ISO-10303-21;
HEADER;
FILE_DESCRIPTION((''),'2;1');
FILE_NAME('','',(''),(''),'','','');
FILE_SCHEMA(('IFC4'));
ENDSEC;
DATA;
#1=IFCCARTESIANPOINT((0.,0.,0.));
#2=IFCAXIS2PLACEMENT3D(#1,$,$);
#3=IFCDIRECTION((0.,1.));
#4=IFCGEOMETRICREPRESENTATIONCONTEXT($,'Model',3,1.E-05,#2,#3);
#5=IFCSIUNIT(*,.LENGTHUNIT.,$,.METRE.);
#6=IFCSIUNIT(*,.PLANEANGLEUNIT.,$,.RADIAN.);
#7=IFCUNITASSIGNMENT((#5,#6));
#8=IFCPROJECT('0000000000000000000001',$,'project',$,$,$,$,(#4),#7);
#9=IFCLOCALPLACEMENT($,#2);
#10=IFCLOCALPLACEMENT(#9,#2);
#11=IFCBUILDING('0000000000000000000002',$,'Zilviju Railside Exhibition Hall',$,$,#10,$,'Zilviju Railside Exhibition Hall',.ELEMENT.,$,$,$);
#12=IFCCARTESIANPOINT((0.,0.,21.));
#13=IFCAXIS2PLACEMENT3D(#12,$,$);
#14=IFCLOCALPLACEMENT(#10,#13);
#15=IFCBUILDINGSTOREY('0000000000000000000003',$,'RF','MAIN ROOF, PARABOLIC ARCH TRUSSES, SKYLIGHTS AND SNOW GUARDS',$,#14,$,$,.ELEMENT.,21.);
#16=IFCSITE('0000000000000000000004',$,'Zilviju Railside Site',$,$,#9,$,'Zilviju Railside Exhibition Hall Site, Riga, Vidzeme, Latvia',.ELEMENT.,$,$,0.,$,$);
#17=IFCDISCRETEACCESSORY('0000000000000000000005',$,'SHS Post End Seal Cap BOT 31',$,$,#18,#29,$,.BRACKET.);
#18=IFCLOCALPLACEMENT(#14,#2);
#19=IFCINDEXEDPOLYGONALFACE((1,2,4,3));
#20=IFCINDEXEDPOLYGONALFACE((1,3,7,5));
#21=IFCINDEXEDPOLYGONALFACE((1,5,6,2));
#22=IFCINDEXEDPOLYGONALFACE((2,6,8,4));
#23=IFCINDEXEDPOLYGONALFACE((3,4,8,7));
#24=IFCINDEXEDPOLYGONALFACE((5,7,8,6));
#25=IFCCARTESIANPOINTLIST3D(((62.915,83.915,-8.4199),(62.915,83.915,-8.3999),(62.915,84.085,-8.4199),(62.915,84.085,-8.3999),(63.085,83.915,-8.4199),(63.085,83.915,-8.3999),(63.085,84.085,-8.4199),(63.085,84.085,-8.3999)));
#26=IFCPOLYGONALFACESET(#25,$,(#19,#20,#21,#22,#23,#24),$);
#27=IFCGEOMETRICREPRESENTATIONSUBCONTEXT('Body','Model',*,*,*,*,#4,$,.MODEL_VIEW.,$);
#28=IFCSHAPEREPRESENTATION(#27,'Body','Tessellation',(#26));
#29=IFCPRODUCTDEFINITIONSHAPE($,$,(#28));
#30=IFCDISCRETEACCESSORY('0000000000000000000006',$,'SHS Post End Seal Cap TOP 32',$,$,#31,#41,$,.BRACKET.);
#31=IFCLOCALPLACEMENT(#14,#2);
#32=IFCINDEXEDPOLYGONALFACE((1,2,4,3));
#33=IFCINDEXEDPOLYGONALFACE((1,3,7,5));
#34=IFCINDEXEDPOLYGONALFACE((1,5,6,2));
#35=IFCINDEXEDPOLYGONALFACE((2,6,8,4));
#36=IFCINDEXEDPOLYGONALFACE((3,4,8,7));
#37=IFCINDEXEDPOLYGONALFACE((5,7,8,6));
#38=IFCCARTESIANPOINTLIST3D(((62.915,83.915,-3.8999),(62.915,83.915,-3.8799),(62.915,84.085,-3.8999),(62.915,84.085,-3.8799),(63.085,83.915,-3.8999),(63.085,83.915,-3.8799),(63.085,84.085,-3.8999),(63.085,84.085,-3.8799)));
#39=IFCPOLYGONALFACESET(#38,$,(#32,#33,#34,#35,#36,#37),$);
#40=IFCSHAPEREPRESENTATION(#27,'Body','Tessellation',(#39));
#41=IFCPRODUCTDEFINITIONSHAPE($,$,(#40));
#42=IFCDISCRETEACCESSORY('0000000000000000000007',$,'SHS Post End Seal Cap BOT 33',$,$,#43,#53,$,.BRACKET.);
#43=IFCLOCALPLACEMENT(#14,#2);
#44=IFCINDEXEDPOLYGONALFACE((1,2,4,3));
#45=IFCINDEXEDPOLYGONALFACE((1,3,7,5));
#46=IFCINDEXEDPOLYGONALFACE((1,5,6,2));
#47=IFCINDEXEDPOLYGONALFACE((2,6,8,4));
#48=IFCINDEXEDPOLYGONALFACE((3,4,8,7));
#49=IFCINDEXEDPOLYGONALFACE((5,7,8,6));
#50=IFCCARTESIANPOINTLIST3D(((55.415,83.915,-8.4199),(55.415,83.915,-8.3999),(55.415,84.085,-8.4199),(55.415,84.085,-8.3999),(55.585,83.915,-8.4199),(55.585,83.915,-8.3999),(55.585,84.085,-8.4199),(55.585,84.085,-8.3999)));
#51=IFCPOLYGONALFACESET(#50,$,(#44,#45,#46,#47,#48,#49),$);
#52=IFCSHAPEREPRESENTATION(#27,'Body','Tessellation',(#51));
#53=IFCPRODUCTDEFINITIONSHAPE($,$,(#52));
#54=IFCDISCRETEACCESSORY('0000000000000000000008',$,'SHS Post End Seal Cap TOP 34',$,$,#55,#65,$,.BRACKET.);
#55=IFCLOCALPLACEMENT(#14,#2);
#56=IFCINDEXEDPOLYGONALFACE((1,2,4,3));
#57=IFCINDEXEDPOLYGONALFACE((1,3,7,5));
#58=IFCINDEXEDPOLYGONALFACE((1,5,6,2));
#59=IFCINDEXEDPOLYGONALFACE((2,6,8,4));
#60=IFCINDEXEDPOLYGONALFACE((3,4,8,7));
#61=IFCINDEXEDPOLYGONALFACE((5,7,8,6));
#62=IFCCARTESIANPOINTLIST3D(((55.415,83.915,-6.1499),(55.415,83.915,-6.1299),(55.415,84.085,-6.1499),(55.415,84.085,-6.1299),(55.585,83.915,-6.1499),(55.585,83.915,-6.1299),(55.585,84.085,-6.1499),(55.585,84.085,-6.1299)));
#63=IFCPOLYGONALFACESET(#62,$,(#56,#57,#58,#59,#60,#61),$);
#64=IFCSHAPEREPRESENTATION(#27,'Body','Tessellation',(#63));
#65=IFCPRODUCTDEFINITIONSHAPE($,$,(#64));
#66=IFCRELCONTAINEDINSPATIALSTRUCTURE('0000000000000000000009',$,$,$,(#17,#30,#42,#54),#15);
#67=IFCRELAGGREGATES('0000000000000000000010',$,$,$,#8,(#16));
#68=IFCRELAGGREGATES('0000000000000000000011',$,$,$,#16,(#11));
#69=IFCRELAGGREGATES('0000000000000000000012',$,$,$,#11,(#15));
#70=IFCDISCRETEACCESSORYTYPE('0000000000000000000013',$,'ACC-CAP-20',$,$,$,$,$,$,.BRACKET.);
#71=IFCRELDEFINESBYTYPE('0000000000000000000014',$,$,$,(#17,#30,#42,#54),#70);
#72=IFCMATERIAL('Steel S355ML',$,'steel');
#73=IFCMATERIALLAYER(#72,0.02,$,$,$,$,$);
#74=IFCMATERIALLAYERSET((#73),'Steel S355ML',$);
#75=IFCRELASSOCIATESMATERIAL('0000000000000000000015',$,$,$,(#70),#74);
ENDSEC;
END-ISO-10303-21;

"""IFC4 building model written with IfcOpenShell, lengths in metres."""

from ifc_helpers import new_model, si_unit, direction, frame, origin, origin_2d, place, context, subcontext, project, spatial, rectangle, extrude, material, layer, layer_set, type_object, element, save


model = new_model("IFC4")

# Units and contexts
model_context = context("Model", 3, precision=1e-05, world=origin(), true_north=direction((0.0, 1.0)))
body_context = subcontext(model_context, "Body", "Model", "MODEL_VIEW")
ifc_project = project(units=[si_unit("LENGTHUNIT", "METRE"), si_unit("PLANEANGLEUNIT", "RADIAN")], contexts=[model_context])

# Site, building, storey
site_placement = place(None, origin())
site = spatial("IfcSite", under=ifc_project, at=site_placement, Name="Zilviju Railside Site", LongName="Zilviju Railside Exhibition Hall Site, Riga, Vidzeme, Latvia", CompositionType="ELEMENT", RefElevation=0.0)
building_placement = place(site_placement, origin())
building = spatial("IfcBuilding", under=site, at=building_placement, Name="Zilviju Railside Exhibition Hall", LongName="Zilviju Railside Exhibition Hall", CompositionType="ELEMENT")
storey_placement = place(building_placement, frame((0.0, 0.0, 21.0)))
storey = spatial("IfcBuildingStorey", under=building, at=storey_placement, Name="RF", Description="MAIN ROOF, PARABOLIC ARCH TRUSSES, SKYLIGHTS AND SNOW GUARDS", CompositionType="ELEMENT", Elevation=21.0)

# Discrete accessories
ifc_material_1 = material(Name="Steel S355ML", Category="steel")
ifc_layer_1 = layer(ifc_material_1, 0.02)
ifc_layer_set_1 = layer_set([ifc_layer_1], Name="Steel S355ML")
discrete_accessory_type = type_object("IfcDiscreteAccessoryType", Name="ACC-CAP-20", PredefinedType="BRACKET", material=ifc_layer_set_1)
for number, where, z_axis, x_axis, name in (
    (1, (63.0, 84.0, -8.4199), (0.0, 0.0, 1.0), (1.0, 0.0, 0.0), "SHS Post End Seal Cap BOT 31"),
    (2, (63.0, 84.0, -3.8999), (0.0, 0.0, 1.0), (1.0, 0.0, 0.0), "SHS Post End Seal Cap TOP 32"),
    (3, (55.5, 84.0, -8.4199), (0.0, 0.0, 1.0), (1.0, 0.0, 0.0), "SHS Post End Seal Cap BOT 33"),
    (4, (55.5, 84.0, -6.1499), (0.0, 0.0, 1.0), (1.0, 0.0, 0.0), "SHS Post End Seal Cap TOP 34"),
):
    element("IfcDiscreteAccessory", number, at=place(storey_placement, frame(where, z_axis=z_axis, x_axis=x_axis)), inside=storey, type_object=discrete_accessory_type, Name=name, PredefinedType="BRACKET", context=body_context, shape_type="SweptSolid", body=[
        extrude(rectangle(XDim=0.1699, YDim=0.1699, at=origin_2d()), origin(), (0.0, 0.0, 1.0), 0.02),
    ])

save(model, "model.ifc")
